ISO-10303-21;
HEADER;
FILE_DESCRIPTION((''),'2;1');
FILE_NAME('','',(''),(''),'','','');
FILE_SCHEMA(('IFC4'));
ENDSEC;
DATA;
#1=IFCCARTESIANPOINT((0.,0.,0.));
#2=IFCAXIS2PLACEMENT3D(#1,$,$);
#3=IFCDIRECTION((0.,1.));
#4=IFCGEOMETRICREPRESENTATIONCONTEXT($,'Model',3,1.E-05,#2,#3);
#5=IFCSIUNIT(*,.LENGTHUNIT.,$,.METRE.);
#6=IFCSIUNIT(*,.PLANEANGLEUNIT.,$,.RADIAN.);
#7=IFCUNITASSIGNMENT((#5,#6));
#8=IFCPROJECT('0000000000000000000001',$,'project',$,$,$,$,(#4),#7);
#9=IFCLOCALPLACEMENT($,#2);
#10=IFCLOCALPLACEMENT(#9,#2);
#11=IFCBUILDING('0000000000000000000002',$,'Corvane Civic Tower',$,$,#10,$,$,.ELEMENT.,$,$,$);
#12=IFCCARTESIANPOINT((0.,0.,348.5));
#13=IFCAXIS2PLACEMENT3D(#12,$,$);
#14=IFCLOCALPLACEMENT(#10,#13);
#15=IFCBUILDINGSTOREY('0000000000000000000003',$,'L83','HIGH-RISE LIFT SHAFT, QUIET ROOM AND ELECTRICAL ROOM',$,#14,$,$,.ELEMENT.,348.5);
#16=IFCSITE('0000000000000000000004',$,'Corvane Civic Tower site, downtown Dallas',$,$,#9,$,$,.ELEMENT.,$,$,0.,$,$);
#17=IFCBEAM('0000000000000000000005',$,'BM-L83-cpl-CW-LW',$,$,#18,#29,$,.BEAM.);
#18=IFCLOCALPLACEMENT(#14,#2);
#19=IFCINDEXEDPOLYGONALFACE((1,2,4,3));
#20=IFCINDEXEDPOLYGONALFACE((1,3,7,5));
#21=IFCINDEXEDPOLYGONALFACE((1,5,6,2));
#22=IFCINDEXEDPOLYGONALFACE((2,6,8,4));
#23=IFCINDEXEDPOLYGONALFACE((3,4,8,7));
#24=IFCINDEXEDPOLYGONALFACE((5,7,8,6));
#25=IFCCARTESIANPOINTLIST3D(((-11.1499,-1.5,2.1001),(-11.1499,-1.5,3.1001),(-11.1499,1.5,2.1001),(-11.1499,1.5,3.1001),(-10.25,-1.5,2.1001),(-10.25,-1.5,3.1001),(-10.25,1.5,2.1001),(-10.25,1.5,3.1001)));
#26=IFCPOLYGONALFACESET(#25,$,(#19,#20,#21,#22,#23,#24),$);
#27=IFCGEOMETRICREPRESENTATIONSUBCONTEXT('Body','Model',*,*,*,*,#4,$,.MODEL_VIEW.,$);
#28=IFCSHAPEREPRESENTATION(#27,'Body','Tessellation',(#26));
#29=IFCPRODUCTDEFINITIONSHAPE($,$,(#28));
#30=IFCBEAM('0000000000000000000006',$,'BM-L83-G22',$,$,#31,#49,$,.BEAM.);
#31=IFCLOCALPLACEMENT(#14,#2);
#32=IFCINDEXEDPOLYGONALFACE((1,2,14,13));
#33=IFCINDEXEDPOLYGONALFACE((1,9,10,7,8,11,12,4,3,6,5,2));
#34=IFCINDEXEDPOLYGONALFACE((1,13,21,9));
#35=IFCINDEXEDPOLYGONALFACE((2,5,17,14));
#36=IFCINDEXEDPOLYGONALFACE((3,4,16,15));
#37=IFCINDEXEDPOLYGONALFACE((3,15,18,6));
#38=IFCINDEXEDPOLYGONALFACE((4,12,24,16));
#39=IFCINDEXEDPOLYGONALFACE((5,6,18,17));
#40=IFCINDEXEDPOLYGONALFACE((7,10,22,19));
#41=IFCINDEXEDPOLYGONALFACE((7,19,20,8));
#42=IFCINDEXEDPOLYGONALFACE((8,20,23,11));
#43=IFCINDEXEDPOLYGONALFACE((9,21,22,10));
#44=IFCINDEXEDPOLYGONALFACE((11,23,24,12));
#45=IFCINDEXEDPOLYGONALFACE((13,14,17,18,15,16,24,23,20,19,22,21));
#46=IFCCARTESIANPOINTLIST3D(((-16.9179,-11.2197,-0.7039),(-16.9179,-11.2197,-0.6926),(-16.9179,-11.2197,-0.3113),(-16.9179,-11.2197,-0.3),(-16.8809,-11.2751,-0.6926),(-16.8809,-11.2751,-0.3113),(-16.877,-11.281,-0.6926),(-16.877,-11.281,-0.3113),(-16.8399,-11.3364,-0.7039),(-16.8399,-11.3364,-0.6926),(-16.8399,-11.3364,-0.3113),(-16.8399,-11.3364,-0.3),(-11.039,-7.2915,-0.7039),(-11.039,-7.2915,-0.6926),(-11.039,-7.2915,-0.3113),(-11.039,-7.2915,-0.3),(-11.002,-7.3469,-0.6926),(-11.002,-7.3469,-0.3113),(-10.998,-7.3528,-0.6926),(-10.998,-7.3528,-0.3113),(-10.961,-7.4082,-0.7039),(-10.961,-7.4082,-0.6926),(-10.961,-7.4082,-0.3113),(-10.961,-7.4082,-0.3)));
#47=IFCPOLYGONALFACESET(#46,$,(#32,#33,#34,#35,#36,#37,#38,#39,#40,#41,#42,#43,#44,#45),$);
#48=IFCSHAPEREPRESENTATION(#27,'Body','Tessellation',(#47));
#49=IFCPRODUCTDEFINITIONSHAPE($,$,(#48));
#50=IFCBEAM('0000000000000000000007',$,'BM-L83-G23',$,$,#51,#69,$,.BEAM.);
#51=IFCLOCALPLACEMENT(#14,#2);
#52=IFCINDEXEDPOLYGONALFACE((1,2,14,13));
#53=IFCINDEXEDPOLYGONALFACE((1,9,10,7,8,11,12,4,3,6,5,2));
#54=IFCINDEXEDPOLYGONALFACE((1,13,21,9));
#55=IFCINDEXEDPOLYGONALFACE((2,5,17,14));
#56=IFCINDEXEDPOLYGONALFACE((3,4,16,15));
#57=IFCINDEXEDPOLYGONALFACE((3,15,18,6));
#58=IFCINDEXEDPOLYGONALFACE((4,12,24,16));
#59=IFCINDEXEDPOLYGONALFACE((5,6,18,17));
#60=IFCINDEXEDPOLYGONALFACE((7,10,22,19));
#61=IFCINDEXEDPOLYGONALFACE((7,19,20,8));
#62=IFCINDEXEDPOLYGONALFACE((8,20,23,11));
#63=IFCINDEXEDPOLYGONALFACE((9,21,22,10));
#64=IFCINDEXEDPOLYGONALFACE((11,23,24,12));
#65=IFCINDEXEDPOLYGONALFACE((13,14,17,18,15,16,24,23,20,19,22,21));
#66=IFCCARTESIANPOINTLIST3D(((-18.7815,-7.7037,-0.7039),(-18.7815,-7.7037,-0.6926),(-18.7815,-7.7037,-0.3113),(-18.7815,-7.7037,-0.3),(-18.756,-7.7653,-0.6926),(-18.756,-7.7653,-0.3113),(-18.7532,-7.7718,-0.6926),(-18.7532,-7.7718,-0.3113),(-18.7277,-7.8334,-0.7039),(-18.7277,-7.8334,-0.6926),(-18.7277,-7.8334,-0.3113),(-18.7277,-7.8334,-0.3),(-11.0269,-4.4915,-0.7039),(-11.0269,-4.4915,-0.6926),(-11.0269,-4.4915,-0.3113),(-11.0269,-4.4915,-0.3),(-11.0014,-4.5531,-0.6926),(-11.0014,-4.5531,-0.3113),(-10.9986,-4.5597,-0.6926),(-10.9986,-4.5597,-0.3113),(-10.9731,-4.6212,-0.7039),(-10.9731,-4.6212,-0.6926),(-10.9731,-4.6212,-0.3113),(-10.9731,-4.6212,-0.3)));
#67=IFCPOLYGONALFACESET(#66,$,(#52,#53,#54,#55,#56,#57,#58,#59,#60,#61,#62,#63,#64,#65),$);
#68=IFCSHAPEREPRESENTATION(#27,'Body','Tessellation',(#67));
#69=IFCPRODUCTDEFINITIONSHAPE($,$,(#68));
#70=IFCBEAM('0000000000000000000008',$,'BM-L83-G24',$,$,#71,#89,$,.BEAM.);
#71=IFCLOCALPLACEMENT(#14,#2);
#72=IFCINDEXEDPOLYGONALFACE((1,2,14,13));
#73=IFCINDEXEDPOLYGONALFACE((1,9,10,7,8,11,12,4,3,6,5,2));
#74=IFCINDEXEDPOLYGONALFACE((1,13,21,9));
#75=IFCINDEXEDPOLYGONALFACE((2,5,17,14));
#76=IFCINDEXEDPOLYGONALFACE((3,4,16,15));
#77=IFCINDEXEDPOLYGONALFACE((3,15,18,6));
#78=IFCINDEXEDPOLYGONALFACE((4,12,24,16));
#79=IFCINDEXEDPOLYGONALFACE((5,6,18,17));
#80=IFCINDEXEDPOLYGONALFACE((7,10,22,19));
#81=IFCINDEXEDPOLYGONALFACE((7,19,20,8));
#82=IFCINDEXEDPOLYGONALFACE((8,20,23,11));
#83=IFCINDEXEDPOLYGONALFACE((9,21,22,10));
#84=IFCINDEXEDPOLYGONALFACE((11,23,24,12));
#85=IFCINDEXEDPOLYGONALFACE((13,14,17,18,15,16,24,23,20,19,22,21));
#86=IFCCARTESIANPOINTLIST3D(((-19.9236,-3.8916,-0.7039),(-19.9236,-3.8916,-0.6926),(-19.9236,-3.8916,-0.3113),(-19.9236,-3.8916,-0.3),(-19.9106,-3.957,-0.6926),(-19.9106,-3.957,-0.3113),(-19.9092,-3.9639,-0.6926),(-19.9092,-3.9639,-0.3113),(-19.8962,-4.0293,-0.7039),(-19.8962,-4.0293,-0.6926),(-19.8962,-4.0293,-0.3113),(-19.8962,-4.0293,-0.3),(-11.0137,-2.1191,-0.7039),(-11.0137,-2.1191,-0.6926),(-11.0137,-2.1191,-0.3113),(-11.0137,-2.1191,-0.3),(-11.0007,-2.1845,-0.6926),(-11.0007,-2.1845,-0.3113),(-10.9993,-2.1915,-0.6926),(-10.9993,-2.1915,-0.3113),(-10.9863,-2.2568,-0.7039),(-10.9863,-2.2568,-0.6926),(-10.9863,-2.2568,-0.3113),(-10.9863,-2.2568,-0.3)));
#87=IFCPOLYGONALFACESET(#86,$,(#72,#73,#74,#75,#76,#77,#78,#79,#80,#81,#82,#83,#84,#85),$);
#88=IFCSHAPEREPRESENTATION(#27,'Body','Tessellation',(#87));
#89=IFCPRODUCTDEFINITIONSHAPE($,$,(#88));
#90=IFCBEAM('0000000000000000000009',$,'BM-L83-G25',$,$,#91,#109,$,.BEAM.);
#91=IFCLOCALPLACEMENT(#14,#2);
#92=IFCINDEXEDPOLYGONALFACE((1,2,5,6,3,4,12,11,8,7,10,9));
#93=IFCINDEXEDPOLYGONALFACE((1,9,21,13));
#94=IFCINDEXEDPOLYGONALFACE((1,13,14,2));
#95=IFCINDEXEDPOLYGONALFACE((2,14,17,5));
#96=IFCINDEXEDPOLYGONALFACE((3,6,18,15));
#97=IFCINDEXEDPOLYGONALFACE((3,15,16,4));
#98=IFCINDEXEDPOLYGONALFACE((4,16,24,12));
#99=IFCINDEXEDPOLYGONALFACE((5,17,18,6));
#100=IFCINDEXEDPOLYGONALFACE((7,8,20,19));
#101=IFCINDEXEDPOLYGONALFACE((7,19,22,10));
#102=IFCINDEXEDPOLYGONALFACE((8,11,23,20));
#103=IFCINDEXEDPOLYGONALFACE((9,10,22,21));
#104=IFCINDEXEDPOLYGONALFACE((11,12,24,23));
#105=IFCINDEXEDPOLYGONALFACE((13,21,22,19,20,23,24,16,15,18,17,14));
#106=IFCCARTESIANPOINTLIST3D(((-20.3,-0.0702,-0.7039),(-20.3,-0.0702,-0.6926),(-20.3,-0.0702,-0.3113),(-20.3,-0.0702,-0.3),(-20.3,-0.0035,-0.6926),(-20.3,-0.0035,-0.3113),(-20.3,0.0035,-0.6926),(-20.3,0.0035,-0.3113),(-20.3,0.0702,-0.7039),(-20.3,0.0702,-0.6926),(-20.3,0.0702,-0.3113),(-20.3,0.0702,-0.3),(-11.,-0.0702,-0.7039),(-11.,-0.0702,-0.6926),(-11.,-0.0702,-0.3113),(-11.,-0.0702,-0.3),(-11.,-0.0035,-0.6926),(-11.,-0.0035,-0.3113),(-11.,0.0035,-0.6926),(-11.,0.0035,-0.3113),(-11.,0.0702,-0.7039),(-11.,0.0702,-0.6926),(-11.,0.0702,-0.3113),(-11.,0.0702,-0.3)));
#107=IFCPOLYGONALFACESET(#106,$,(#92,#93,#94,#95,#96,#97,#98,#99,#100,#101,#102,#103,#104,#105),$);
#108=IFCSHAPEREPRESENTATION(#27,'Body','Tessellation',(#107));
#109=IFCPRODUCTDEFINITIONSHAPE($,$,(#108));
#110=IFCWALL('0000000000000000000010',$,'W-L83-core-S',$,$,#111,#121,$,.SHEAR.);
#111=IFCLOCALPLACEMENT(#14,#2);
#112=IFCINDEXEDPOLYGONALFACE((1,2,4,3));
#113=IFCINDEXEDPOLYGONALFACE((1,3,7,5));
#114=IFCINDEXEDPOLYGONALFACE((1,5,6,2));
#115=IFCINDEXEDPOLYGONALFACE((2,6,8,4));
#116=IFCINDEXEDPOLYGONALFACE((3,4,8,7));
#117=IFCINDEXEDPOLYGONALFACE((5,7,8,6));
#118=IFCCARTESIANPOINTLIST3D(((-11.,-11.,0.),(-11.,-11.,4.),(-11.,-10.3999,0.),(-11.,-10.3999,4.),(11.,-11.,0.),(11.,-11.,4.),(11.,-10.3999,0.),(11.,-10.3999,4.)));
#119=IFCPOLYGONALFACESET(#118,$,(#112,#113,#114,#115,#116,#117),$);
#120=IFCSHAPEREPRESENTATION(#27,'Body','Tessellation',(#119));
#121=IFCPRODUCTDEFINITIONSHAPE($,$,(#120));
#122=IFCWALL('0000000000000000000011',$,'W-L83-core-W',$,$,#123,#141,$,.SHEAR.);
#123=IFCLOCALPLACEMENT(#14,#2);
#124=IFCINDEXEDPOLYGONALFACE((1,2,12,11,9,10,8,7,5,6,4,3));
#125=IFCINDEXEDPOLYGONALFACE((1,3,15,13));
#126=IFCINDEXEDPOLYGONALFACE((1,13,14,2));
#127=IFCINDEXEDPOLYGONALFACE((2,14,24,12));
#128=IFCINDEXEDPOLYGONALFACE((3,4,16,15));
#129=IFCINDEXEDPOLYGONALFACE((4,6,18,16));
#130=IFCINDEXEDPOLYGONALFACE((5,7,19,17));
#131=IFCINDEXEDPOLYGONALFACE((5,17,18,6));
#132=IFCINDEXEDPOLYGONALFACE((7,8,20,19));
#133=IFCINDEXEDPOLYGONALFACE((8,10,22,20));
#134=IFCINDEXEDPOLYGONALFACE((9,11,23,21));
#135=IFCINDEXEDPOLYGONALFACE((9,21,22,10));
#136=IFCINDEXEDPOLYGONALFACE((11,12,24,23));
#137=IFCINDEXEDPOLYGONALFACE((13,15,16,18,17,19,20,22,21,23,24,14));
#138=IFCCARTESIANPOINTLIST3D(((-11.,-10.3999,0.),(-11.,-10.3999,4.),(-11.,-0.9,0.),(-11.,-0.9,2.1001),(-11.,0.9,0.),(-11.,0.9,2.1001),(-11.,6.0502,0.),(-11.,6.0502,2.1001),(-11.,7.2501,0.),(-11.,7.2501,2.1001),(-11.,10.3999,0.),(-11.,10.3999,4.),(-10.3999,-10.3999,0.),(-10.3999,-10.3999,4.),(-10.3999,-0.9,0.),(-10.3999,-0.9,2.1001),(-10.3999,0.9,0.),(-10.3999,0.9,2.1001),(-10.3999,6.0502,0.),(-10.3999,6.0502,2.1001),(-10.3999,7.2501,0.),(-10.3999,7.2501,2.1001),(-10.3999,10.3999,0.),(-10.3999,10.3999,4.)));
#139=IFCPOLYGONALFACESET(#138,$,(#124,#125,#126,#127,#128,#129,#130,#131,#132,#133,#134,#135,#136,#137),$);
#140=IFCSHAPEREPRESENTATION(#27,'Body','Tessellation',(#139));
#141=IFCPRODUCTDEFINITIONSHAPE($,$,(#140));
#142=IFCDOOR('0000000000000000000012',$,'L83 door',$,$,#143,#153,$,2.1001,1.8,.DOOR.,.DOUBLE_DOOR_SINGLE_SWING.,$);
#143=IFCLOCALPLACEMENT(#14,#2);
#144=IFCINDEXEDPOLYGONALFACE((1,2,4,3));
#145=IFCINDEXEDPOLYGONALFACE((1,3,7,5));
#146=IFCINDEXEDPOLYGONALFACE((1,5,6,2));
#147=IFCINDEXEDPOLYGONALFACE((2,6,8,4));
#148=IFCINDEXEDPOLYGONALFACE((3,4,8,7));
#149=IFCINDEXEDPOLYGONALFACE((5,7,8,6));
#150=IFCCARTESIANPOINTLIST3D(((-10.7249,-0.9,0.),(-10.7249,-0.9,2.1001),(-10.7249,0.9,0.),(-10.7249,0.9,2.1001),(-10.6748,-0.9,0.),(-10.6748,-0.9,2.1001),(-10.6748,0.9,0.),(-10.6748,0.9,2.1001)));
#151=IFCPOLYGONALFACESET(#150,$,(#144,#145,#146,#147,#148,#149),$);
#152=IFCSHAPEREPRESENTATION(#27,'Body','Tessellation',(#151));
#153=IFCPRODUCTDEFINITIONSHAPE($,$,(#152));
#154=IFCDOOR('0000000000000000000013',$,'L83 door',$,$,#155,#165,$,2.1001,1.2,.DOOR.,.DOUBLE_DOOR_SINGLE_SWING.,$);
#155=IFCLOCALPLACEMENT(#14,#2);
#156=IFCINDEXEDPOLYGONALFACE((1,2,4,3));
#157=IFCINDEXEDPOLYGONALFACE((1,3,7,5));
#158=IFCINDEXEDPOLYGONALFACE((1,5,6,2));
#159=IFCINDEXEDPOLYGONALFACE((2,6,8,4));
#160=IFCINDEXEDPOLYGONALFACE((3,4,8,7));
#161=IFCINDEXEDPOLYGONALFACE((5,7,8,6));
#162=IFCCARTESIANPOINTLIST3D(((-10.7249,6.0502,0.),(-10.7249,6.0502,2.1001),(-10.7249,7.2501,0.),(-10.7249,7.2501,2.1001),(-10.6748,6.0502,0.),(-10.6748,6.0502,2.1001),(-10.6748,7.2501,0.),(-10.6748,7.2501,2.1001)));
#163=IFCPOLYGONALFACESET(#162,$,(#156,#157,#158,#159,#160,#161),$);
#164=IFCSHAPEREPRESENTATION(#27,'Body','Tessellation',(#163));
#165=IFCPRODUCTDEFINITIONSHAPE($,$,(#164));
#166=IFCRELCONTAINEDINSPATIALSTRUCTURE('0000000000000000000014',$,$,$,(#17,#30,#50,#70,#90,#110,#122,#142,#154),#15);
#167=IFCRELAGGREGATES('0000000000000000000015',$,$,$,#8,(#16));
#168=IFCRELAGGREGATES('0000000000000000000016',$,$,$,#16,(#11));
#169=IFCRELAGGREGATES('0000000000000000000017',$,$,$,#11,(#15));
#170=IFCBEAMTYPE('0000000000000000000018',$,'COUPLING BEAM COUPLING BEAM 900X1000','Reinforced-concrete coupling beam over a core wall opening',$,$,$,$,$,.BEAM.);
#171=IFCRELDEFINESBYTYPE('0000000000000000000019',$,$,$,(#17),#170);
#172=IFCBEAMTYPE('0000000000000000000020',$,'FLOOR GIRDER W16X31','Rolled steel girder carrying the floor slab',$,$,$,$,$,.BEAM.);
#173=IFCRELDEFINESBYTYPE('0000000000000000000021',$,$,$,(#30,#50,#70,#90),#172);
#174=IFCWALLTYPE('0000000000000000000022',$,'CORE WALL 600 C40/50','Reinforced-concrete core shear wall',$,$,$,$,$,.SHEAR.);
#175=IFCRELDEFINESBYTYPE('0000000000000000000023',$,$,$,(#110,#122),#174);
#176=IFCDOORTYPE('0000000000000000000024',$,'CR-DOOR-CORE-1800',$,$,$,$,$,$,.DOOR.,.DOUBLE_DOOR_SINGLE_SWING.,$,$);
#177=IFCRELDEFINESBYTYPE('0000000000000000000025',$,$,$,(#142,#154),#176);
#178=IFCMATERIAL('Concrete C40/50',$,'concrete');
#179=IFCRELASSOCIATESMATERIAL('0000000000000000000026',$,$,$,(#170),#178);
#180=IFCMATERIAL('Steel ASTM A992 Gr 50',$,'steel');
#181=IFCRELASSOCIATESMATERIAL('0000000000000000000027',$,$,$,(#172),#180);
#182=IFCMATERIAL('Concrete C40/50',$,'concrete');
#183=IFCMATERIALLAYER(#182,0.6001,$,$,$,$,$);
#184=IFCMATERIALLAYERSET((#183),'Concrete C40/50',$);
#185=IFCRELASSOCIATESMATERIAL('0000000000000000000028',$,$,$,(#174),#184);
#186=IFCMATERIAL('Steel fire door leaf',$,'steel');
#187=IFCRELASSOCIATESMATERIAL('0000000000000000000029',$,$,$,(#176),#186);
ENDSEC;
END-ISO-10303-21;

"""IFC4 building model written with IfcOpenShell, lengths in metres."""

from ifc_helpers import new_model, si_unit, direction, frame, frame_2d, origin, origin_2d, place, context, subcontext, project, spatial, rectangle, i_section, extrude, material, layer, layer_set, material_profile, profile_set, type_object, element, fill, save


model = new_model("IFC4")

# Units and contexts
model_context = context("Model", 3, precision=1e-05, world=origin(), true_north=direction((0.0, 1.0)))
body_context = subcontext(model_context, "Body", "Model", "MODEL_VIEW")
ifc_project = project(units=[si_unit("LENGTHUNIT", "METRE"), si_unit("PLANEANGLEUNIT", "RADIAN")], contexts=[model_context])

# Site, building, storey
site_placement = place(None, origin())
site = spatial("IfcSite", under=ifc_project, at=site_placement, Name="Corvane Civic Tower site, downtown Dallas", CompositionType="ELEMENT", RefElevation=0.0)
building_placement = place(site_placement, origin())
building = spatial("IfcBuilding", under=site, at=building_placement, Name="Corvane Civic Tower", CompositionType="ELEMENT")
storey_placement = place(building_placement, frame((0.0, 0.0, 348.5)))
storey = spatial("IfcBuildingStorey", under=building, at=storey_placement, Name="L83", Description="HIGH-RISE LIFT SHAFT, QUIET ROOM AND ELECTRICAL ROOM", CompositionType="ELEMENT", Elevation=348.5)

# Beams
ifc_material_1 = material(Name="Concrete C40/50", Category="concrete")
ifc_material_profile_1 = material_profile(ifc_material_1, rectangle(XDim=0.8999, YDim=1.0, at=origin_2d()), Name="COUPLING BEAM 900X1000")
ifc_profile_set_1 = profile_set([ifc_material_profile_1], Name="Concrete C40/50")
beam_type_1 = type_object("IfcBeamType", Name="COUPLING BEAM COUPLING BEAM 900X1000", Description="Reinforced-concrete coupling beam over a core wall opening", PredefinedType="BEAM", material=ifc_profile_set_1)
beam_1_placement = place(storey_placement, frame((-10.7, -1.5, 2.6001), z_axis=(0.0, 1.0, 0.0), x_axis=(-1.0, 0.0, 0.0)))
element("IfcBeam", 1, at=beam_1_placement, inside=storey, type_object=beam_type_1, Name="BM-L83-cpl-CW-LW", PredefinedType="BEAM", context=body_context, shape_type="SweptSolid", body=[
    extrude(rectangle(XDim=0.8999, YDim=1.0, at=origin_2d()), origin(), (0.0, 0.0, 1.0), 3.0),
])
ifc_material_2 = material(Name="Steel ASTM A992 Gr 50", Category="steel")
ifc_material_profile_2 = material_profile(ifc_material_2, i_section(OverallWidth=0.1404, OverallDepth=0.4038, WebThickness=0.0071, FlangeThickness=0.0112, at=origin_2d()), Name="W16X31")
ifc_profile_set_2 = profile_set([ifc_material_profile_2], Name="Steel ASTM A992 Gr 50")
beam_type_2 = type_object("IfcBeamType", Name="FLOOR GIRDER W16X31", Description="Rolled steel girder carrying the floor slab", PredefinedType="BEAM", material=ifc_profile_set_2)
beam_2_placement = place(storey_placement, frame((-11.0, -7.3499, -0.502), z_axis=(-0.831465, -0.555576, 0.0), x_axis=(0.555576, -0.831465, 0.0)))
element("IfcBeam", 2, at=beam_2_placement, inside=storey, type_object=beam_type_2, Name="BM-L83-G22", PredefinedType="BEAM", context=body_context, shape_type="SweptSolid", body=[
    extrude(i_section(OverallWidth=0.1404, OverallDepth=0.4038, WebThickness=0.0071, FlangeThickness=0.0112, at=origin_2d()), origin(), (0.0, 0.0, 1.0), 7.0706),
])
beam_3_placement = place(storey_placement, frame((-11.0, -4.5564, -0.502), z_axis=(-0.923876, -0.382692, 0.0), x_axis=(0.382692, -0.923876, 0.0)))
element("IfcBeam", 3, at=beam_3_placement, inside=storey, type_object=beam_type_2, Name="BM-L83-G23", PredefinedType="BEAM", context=body_context, shape_type="SweptSolid", body=[
    extrude(i_section(OverallWidth=0.1404, OverallDepth=0.4038, WebThickness=0.0071, FlangeThickness=0.0112, at=origin_2d()), origin(), (0.0, 0.0, 1.0), 8.3936),
])
beam_4_placement = place(storey_placement, frame((-11.0, -2.188, -0.502), z_axis=(-0.980782, -0.195108, 0.0), x_axis=(0.195108, -0.980782, 0.0)))
element("IfcBeam", 4, at=beam_4_placement, inside=storey, type_object=beam_type_2, Name="BM-L83-G24", PredefinedType="BEAM", context=body_context, shape_type="SweptSolid", body=[
    extrude(i_section(OverallWidth=0.1404, OverallDepth=0.4038, WebThickness=0.0071, FlangeThickness=0.0112, at=origin_2d()), origin(), (0.0, 0.0, 1.0), 9.0845),
])
beam_5_placement = place(storey_placement, frame((-11.0, 0.0, -0.502), z_axis=(-1.0, 0.0, 0.0), x_axis=(0.0, -1.0, 0.0)))
element("IfcBeam", 5, at=beam_5_placement, inside=storey, type_object=beam_type_2, Name="BM-L83-G25", PredefinedType="BEAM", context=body_context, shape_type="SweptSolid", body=[
    extrude(i_section(OverallWidth=0.1404, OverallDepth=0.4038, WebThickness=0.0071, FlangeThickness=0.0112, at=origin_2d()), origin(), (0.0, 0.0, 1.0), 9.3),
])

# Wall
ifc_material_3 = material(Name="Concrete C40/50", Category="concrete")
ifc_layer_1 = layer(ifc_material_3, 0.6001)
ifc_layer_set_1 = layer_set([ifc_layer_1], Name="Concrete C40/50")
wall_type_1 = type_object("IfcWallType", Name="CORE WALL 600 C40/50", Description="Reinforced-concrete core shear wall", PredefinedType="SHEAR", material=ifc_layer_set_1)
wall_1_placement = place(storey_placement, frame((-11.0, -10.7, 0.0), z_axis=(0.0, 0.0, 1.0), x_axis=(1.0, 0.0, 0.0)))
element("IfcWall", 6, at=wall_1_placement, inside=storey, type_object=wall_type_1, Name="W-L83-core-S", PredefinedType="SHEAR", context=body_context, shape_type="SweptSolid", body=[
    extrude(rectangle(XDim=22.0, YDim=0.6001, at=frame_2d((11.0, 0.0))), origin(), (0.0, 0.0, 1.0), 4.0),
])

# Wall, openings, doors
wall_2_placement = place(storey_placement, frame((-10.7, -10.3999, 0.0), z_axis=(0.0, 0.0, 1.0), x_axis=(0.0, 1.0, 0.0)))
wall_2 = element("IfcWall", 7, at=wall_2_placement, inside=storey, type_object=wall_type_1, Name="W-L83-core-W", PredefinedType="SHEAR", context=body_context, shape_type="SweptSolid", body=[
    extrude(rectangle(XDim=20.7998, YDim=0.6001, at=frame_2d((10.3999, 0.0))), origin(), (0.0, 0.0, 1.0), 4.0),
])
opening_1_placement = place(wall_2_placement, frame((9.5, 0.0, 0.0)))
opening_1 = element("IfcOpeningElement", 8, at=opening_1_placement, cuts=wall_2, PredefinedType="OPENING", context=body_context, shape_type="SweptSolid", body=[
    extrude(rectangle(XDim=1.8, YDim=2.1001, at=frame_2d((0.8999, 1.05))), frame((0.0, 0.3101, 0.0), z_axis=(0.0, -1.0, 0.0), x_axis=(1.0, 0.0, 0.0)), (0.0, 0.0, 1.0), 0.6201),
])
opening_2_placement = place(wall_2_placement, frame((16.45, 0.0, 0.0)))
opening_2 = element("IfcOpeningElement", 9, at=opening_2_placement, cuts=wall_2, PredefinedType="OPENING", context=body_context, shape_type="SweptSolid", body=[
    extrude(rectangle(XDim=1.2, YDim=2.1001, at=frame_2d((0.6001, 1.05))), frame((0.0, 0.3101, 0.0), z_axis=(0.0, -1.0, 0.0), x_axis=(1.0, 0.0, 0.0)), (0.0, 0.0, 1.0), 0.6201),
])
ifc_material_4 = material(Name="Steel fire door leaf", Category="steel")
door_type_1 = type_object("IfcDoorType", Name="CR-DOOR-CORE-1800", OperationType="DOUBLE_DOOR_SINGLE_SWING", PredefinedType="DOOR", material=ifc_material_4)
door_1_placement = place(opening_1_placement, origin())
door_1 = element("IfcDoor", 10, at=door_1_placement, inside=storey, type_object=door_type_1, Name="L83 door", OperationType="DOUBLE_DOOR_SINGLE_SWING", OverallHeight=2.1001, OverallWidth=1.8, PredefinedType="DOOR", context=body_context, shape_type="SweptSolid", body=[
    extrude(rectangle(XDim=1.8, YDim=2.1001, at=frame_2d((0.8999, 1.05))), frame((0.0, 0.0249, 0.0), z_axis=(0.0, -1.0, 0.0), x_axis=(1.0, 0.0, 0.0)), (0.0, 0.0, 1.0), 0.05),
])
fill(opening_1, door_1)
door_2_placement = place(opening_2_placement, origin())
door_2 = element("IfcDoor", 11, at=door_2_placement, inside=storey, type_object=door_type_1, Name="L83 door", OperationType="DOUBLE_DOOR_SINGLE_SWING", OverallHeight=2.1001, OverallWidth=1.2, PredefinedType="DOOR", context=body_context, shape_type="SweptSolid", body=[
    extrude(rectangle(XDim=1.2, YDim=2.1001, at=frame_2d((0.6001, 1.05))), frame((0.0, 0.0249, 0.0), z_axis=(0.0, -1.0, 0.0), x_axis=(1.0, 0.0, 0.0)), (0.0, 0.0, 1.0), 0.05),
])
fill(opening_2, door_2)

save(model, "model.ifc")
